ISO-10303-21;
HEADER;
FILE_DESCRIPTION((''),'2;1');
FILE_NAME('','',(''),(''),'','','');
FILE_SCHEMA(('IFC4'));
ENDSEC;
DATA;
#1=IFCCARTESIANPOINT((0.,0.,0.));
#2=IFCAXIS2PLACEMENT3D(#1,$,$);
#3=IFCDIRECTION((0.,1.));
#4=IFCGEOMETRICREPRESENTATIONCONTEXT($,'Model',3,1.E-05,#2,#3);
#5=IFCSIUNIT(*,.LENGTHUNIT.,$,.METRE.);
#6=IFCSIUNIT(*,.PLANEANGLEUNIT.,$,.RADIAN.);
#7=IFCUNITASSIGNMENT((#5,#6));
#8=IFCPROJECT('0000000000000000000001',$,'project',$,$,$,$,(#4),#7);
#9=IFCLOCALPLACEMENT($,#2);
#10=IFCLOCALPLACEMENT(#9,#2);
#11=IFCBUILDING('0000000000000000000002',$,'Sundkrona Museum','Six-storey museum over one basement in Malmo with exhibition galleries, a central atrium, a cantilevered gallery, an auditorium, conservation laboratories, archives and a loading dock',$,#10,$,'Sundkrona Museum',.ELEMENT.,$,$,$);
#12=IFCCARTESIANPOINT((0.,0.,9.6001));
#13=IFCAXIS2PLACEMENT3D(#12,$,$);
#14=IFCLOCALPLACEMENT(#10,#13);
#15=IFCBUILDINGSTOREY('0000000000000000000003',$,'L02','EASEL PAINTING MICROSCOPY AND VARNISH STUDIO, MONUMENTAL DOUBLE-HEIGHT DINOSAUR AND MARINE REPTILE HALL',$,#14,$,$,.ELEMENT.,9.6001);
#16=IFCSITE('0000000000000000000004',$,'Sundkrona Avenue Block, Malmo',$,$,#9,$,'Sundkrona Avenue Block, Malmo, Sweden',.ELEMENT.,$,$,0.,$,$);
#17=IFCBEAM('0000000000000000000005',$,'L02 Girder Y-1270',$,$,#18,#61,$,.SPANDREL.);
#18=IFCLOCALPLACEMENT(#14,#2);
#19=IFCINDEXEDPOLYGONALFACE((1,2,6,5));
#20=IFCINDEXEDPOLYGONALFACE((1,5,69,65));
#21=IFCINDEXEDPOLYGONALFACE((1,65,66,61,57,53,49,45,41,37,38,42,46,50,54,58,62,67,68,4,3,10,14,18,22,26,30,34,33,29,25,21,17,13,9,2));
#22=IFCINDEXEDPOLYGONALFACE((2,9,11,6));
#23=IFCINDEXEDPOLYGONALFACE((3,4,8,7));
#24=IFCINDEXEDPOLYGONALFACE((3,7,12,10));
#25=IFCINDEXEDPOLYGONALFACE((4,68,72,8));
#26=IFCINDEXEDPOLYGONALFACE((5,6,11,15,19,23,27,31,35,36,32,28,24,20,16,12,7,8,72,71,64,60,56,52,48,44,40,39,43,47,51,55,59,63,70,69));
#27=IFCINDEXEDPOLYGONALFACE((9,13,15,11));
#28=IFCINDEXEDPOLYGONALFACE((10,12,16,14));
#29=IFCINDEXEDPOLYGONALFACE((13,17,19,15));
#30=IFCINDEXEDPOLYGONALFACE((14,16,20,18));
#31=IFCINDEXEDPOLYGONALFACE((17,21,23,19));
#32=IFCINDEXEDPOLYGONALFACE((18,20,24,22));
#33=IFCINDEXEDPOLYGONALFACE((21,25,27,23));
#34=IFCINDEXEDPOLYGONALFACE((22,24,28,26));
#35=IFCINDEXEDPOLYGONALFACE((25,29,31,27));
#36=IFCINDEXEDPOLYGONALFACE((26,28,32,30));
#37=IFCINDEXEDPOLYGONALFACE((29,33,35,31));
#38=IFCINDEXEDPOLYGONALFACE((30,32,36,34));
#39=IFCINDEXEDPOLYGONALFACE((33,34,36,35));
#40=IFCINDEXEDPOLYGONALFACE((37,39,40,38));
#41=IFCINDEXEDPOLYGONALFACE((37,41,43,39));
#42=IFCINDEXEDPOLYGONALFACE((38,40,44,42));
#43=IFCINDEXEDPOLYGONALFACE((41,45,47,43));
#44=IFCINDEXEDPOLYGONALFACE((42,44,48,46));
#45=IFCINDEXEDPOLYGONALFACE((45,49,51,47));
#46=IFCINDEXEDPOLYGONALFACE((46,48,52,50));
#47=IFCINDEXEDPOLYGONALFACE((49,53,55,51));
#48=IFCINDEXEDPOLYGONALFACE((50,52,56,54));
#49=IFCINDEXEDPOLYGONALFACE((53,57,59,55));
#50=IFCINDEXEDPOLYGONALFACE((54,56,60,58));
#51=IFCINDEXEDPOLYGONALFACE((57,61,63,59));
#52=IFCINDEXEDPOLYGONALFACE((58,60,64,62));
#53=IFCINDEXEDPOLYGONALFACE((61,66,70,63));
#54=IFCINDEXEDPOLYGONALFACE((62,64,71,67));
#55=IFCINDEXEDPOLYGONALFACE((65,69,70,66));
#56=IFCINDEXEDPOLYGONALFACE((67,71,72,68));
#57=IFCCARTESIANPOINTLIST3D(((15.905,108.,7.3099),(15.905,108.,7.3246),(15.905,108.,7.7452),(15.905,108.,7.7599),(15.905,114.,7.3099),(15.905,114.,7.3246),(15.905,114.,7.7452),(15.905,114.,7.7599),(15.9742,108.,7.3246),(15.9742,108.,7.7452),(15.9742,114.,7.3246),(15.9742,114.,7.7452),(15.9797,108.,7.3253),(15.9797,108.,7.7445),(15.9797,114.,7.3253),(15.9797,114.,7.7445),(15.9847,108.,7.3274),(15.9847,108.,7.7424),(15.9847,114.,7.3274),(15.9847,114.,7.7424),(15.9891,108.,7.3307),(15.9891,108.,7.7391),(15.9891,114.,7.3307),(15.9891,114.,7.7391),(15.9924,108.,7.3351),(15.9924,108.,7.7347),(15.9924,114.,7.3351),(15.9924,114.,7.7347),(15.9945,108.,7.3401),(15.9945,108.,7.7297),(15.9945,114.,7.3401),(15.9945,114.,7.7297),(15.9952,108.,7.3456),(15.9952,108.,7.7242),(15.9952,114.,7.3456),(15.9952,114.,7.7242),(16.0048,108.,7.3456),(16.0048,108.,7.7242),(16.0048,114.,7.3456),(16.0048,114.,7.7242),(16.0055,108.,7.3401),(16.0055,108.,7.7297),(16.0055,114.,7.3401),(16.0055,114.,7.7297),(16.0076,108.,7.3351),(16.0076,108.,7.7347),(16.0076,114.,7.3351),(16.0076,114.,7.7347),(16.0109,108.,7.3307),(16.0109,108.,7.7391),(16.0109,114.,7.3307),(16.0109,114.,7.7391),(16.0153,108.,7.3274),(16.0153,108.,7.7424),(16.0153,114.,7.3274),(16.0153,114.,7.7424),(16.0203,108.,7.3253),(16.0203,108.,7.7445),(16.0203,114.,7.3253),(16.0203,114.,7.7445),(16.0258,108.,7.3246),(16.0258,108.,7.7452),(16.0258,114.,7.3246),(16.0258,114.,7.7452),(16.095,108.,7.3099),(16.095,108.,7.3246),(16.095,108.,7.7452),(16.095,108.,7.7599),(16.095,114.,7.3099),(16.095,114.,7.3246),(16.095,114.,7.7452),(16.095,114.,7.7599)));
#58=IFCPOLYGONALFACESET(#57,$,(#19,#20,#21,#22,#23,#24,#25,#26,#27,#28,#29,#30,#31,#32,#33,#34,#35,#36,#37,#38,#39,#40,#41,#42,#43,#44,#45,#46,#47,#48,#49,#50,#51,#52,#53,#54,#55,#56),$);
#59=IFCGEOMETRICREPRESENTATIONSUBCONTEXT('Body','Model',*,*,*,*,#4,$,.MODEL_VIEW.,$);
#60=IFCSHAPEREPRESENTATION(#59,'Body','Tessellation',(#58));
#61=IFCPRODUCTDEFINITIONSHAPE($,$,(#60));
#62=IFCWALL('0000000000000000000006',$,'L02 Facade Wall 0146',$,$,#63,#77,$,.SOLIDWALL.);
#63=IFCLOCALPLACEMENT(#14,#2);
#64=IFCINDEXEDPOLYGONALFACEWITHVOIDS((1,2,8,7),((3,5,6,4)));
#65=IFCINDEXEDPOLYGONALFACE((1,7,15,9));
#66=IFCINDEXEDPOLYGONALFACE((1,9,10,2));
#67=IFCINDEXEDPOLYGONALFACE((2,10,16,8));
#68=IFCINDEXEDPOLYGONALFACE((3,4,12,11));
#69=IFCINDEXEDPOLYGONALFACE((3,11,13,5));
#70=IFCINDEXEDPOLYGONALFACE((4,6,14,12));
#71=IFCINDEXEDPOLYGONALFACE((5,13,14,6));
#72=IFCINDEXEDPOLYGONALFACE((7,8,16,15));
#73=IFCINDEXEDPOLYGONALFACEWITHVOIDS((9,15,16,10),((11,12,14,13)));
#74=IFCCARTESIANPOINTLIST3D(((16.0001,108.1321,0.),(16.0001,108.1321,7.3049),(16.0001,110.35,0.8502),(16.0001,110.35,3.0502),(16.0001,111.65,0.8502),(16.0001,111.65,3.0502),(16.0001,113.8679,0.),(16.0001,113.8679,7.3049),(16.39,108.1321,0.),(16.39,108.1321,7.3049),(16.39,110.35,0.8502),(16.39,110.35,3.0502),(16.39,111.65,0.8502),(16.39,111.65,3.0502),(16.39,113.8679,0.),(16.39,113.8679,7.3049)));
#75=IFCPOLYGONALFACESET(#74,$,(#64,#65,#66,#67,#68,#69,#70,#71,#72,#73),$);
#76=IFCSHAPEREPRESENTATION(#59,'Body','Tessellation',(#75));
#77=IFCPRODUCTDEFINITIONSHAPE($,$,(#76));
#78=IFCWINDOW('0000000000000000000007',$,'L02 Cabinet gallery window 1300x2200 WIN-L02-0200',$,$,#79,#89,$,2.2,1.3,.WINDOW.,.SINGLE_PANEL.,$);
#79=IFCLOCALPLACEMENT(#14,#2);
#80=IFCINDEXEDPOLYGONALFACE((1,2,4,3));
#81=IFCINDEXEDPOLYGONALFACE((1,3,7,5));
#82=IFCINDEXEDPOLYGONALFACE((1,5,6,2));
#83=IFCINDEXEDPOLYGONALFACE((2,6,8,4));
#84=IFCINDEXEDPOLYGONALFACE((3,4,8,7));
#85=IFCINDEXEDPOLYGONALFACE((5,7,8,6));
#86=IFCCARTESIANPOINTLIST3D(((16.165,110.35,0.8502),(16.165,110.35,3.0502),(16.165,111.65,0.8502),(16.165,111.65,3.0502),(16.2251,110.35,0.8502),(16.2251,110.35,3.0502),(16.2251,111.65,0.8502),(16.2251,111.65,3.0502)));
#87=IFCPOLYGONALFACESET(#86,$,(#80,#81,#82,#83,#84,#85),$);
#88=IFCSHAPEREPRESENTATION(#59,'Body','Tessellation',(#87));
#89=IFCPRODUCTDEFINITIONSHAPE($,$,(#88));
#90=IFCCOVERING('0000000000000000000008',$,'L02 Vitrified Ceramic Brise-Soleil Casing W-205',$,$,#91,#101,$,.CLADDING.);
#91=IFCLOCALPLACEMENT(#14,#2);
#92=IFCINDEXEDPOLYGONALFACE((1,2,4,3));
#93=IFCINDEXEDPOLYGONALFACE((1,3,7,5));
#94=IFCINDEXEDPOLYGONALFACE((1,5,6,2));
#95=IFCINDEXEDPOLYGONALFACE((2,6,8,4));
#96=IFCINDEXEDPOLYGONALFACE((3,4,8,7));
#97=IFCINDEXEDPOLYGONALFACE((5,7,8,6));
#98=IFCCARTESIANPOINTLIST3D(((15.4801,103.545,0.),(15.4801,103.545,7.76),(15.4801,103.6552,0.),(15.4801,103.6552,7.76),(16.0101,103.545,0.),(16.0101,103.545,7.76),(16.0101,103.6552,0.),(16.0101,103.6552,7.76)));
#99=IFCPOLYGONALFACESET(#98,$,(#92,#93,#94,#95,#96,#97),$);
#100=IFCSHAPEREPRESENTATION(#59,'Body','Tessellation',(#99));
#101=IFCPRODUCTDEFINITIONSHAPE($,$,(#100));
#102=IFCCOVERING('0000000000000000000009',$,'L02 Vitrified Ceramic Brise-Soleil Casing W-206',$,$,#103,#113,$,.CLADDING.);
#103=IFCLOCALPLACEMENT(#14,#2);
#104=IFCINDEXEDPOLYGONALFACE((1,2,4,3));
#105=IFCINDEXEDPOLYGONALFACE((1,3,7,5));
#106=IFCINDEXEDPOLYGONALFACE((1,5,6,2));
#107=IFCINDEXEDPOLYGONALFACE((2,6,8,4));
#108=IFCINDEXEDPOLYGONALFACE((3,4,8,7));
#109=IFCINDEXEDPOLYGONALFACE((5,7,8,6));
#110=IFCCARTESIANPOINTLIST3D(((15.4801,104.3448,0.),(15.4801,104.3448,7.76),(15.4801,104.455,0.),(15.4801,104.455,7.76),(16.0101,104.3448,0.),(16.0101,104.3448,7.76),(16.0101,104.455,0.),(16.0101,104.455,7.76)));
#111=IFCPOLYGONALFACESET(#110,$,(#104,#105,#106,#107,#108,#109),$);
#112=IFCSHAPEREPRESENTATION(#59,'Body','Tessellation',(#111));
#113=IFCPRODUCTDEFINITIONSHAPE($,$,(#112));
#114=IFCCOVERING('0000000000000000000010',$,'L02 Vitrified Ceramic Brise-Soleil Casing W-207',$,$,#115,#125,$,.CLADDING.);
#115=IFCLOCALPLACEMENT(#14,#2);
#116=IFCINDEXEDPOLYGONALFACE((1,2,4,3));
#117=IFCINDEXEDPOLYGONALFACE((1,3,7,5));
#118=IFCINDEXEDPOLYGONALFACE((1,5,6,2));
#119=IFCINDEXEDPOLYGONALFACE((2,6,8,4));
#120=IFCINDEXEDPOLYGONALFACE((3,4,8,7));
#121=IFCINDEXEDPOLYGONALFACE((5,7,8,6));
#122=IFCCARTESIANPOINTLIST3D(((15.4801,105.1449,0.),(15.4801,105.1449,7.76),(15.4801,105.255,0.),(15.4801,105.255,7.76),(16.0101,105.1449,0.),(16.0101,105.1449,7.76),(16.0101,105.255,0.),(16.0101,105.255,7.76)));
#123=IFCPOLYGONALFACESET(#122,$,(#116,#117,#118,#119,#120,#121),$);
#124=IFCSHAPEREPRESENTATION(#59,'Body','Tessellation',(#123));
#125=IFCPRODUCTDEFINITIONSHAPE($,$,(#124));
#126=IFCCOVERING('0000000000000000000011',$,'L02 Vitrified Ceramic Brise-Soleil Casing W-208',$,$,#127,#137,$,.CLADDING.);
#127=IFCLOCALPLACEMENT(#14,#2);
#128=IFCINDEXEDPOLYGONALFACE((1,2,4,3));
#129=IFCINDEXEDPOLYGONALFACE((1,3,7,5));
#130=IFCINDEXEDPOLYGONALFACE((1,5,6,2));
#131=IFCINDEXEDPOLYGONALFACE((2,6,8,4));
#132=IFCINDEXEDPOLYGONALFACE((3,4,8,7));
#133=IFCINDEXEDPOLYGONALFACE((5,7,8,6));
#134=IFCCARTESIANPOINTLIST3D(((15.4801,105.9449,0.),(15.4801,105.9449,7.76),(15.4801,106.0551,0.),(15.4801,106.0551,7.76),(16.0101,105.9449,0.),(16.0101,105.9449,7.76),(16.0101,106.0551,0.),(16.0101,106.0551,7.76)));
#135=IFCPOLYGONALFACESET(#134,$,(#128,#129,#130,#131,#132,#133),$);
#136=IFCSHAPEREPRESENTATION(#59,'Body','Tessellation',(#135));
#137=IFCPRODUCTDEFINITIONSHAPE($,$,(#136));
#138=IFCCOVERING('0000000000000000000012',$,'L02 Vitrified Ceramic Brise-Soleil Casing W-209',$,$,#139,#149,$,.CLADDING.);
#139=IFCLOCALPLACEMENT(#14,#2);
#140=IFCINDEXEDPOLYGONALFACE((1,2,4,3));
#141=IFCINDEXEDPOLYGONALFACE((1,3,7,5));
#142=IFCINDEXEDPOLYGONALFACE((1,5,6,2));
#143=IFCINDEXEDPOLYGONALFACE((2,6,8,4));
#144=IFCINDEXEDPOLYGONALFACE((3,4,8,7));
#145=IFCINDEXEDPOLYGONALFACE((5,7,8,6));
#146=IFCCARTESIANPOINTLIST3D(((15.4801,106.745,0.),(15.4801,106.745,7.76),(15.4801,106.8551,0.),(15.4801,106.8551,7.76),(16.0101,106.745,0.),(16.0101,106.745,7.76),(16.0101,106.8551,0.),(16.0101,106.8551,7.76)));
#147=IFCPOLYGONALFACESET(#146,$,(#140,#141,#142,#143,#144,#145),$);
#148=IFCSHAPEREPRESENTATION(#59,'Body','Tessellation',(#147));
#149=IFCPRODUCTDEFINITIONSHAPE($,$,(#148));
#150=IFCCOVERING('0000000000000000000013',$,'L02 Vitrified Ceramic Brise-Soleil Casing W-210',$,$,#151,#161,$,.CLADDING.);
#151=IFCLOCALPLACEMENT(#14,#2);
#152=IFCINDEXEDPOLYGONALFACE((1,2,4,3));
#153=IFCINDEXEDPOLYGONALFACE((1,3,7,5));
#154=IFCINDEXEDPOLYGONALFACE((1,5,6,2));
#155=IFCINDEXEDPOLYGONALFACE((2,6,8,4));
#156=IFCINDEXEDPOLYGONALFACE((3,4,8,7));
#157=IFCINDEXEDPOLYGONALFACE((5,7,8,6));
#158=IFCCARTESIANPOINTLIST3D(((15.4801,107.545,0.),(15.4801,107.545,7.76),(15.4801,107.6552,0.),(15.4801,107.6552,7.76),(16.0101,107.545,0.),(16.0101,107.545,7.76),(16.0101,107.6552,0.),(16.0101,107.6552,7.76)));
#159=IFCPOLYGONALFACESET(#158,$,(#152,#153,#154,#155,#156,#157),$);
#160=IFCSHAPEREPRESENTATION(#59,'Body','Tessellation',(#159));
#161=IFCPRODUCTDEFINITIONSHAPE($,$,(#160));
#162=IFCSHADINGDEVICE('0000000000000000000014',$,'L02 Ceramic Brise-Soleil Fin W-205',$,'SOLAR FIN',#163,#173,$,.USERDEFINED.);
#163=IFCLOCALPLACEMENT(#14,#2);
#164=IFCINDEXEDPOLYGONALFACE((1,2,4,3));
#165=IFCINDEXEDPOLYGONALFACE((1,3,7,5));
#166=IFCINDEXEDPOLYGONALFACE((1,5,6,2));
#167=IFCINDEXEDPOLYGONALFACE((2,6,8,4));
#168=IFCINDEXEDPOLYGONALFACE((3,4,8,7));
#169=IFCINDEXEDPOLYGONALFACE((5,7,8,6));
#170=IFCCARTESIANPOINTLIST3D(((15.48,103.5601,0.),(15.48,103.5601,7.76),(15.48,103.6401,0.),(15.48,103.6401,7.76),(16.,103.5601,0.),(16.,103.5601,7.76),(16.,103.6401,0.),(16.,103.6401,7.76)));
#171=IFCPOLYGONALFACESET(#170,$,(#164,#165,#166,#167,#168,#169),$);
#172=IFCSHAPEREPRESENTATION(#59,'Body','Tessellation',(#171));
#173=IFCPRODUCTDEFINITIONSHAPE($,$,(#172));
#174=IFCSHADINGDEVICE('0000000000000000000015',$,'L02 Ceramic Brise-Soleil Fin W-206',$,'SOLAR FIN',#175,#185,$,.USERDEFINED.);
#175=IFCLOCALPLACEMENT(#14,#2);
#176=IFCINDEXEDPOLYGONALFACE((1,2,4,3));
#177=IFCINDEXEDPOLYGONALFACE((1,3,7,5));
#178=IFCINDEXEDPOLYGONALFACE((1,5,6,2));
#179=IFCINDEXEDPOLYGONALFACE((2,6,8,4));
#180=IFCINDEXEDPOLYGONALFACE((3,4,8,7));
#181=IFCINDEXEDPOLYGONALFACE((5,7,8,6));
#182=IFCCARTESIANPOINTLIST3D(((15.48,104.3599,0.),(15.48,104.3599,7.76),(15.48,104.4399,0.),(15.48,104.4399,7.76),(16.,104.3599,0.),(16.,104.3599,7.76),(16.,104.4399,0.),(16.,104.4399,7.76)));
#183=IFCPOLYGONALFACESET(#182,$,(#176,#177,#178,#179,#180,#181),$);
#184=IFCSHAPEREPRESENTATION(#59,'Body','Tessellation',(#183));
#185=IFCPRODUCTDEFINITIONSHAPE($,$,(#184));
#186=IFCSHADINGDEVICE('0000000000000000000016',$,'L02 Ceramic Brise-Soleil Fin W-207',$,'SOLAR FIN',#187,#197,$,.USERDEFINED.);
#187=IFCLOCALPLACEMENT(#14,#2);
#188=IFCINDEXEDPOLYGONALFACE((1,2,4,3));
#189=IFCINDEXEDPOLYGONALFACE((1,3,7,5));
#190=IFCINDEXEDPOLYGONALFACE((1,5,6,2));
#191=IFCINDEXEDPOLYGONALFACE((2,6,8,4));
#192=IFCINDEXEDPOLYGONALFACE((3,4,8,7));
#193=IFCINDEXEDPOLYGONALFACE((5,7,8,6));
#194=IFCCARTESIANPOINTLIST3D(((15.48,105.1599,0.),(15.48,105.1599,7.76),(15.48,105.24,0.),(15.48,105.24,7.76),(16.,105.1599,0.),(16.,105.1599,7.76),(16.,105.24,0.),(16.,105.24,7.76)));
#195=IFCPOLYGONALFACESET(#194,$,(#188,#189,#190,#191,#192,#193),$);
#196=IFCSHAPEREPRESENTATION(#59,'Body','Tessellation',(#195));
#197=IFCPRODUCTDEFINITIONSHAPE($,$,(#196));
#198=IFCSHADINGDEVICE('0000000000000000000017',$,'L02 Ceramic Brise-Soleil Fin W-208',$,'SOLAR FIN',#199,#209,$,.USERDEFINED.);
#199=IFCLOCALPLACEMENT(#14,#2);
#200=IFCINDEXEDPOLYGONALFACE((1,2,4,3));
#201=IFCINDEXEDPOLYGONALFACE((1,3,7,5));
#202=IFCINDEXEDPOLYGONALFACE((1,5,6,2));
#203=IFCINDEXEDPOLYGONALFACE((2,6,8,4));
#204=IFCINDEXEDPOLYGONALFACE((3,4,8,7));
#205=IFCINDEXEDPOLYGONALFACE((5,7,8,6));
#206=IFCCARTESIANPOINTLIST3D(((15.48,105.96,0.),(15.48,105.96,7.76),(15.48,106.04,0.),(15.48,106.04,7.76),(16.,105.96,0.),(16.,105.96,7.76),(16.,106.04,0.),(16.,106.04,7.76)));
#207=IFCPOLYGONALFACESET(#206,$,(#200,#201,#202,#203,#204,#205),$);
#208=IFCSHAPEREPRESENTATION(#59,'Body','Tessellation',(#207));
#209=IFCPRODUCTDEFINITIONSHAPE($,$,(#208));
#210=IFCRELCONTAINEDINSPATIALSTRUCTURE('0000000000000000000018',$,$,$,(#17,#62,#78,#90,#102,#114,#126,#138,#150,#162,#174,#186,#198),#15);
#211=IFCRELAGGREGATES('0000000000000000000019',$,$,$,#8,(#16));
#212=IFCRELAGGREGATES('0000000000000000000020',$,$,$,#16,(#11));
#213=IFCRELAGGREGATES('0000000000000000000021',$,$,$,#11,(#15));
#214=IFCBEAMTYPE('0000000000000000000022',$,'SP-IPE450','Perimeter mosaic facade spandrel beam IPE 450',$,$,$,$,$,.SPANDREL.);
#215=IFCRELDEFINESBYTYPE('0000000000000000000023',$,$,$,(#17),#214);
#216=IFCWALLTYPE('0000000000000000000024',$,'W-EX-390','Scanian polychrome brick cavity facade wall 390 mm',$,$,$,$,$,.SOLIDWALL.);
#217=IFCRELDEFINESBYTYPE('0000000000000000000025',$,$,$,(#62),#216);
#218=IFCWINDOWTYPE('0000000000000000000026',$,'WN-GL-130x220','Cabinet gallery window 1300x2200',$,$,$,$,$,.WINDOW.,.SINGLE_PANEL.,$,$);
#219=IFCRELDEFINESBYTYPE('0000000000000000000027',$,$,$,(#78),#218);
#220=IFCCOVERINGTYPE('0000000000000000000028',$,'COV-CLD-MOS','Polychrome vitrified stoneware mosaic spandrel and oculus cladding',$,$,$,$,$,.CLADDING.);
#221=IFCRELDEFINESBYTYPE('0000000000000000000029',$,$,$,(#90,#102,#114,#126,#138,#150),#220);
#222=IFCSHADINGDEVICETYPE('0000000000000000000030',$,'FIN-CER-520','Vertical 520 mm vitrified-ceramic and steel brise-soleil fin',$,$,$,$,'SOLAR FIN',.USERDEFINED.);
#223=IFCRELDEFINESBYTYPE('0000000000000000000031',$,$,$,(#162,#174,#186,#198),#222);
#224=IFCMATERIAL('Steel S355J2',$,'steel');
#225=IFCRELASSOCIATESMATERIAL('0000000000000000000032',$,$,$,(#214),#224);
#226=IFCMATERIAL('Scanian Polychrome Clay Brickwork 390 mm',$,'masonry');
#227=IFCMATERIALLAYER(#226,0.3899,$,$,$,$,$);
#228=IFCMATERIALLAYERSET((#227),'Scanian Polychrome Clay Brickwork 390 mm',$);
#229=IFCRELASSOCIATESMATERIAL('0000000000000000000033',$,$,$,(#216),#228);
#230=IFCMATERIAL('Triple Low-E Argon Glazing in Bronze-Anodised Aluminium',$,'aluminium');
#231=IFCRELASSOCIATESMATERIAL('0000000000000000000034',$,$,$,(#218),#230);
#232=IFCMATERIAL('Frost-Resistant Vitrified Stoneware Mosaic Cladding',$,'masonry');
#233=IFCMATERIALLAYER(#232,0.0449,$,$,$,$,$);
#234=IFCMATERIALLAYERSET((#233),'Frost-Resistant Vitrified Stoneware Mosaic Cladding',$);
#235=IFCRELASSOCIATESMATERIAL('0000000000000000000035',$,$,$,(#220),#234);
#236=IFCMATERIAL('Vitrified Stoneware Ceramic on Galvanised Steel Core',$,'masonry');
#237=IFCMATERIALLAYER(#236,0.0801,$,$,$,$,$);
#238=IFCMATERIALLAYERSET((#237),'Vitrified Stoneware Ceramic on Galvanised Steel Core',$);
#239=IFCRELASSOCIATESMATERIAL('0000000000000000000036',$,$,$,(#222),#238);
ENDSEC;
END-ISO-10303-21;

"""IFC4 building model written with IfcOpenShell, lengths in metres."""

from ifc_helpers import new_model, si_unit, direction, frame, frame_2d, origin, origin_2d, place, context, subcontext, project, spatial, rectangle, i_section, extrude, material, layer, layer_set, material_profile, profile_set, type_object, element, fill, save


model = new_model("IFC4")

# Units and contexts
model_context = context("Model", 3, precision=1e-05, world=origin(), true_north=direction((0.0, 1.0)))
body_context = subcontext(model_context, "Body", "Model", "MODEL_VIEW")
ifc_project = project(units=[si_unit("LENGTHUNIT", "METRE"), si_unit("PLANEANGLEUNIT", "RADIAN")], contexts=[model_context])

# Site, building, storey
site_placement = place(None, origin())
site = spatial("IfcSite", under=ifc_project, at=site_placement, Name="Sundkrona Avenue Block, Malmo", LongName="Sundkrona Avenue Block, Malmo, Sweden", CompositionType="ELEMENT", RefElevation=0.0)
building_placement = place(site_placement, origin())
building = spatial("IfcBuilding", under=site, at=building_placement, Name="Sundkrona Museum", Description="Six-storey museum over one basement in Malmo with exhibition galleries, a central atrium, a cantilevered gallery, an auditorium, conservation laboratories, archives and a loading dock", LongName="Sundkrona Museum", CompositionType="ELEMENT")
storey_placement = place(building_placement, frame((0.0, 0.0, 9.6001)))
storey = spatial("IfcBuildingStorey", under=building, at=storey_placement, Name="L02", Description="EASEL PAINTING MICROSCOPY AND VARNISH STUDIO, MONUMENTAL DOUBLE-HEIGHT DINOSAUR AND MARINE REPTILE HALL", CompositionType="ELEMENT", Elevation=9.6001)

# Shared definitions
ifc_material_1 = material(Name="Steel S355J2", Category="steel")

# Beam
ifc_material_profile_1 = material_profile(ifc_material_1, i_section(OverallWidth=0.1899, OverallDepth=0.45, WebThickness=0.0095, FlangeThickness=0.0146, FilletRadius=0.021, at=origin_2d()), Name="IPE 450")
ifc_profile_set_1 = profile_set([ifc_material_profile_1], Name="Steel S355J2")
beam_type_1 = type_object("IfcBeamType", Name="SP-IPE450", Description="Perimeter mosaic facade spandrel beam IPE 450", PredefinedType="SPANDREL", material=ifc_profile_set_1)
beam_1_placement = place(storey_placement, frame((16.0, 108.0, 7.5349), z_axis=(0.0, 1.0, 0.0), x_axis=(-1.0, 0.0, 0.0)))
element("IfcBeam", 1, at=beam_1_placement, inside=storey, type_object=beam_type_1, Name="L02 Girder Y-1270", PredefinedType="SPANDREL", context=body_context, shape_type="SweptSolid", body=[
    extrude(i_section(OverallWidth=0.1899, OverallDepth=0.45, WebThickness=0.0095, FlangeThickness=0.0146, FilletRadius=0.021, at=origin_2d()), origin(), (0.0, 0.0, 1.0), 6.0),
])

# Wall, opening, window
ifc_material_2 = material(Name="Scanian Polychrome Clay Brickwork 390 mm", Category="masonry")
ifc_layer_1 = layer(ifc_material_2, 0.3899)
ifc_layer_set_1 = layer_set([ifc_layer_1], Name="Scanian Polychrome Clay Brickwork 390 mm")
wall_type = type_object("IfcWallType", Name="W-EX-390", Description="Scanian polychrome brick cavity facade wall 390 mm", PredefinedType="SOLIDWALL", material=ifc_layer_set_1)
wall_placement = place(storey_placement, frame((16.1951, 108.1321, 0.0), z_axis=(0.0, 0.0, 1.0), x_axis=(0.0, 1.0, 0.0)))
wall = element("IfcWall", 2, at=wall_placement, inside=storey, type_object=wall_type, Name="L02 Facade Wall 0146", PredefinedType="SOLIDWALL", context=body_context, shape_type="SweptSolid", body=[
    extrude(rectangle(XDim=5.7358, YDim=0.3899, at=frame_2d((2.8679, 0.0))), origin(), (0.0, 0.0, 1.0), 7.3049),
])
opening_placement = place(wall_placement, frame((2.218, 0.0, 0.8501)))
opening = element("IfcOpeningElement", 3, at=opening_placement, cuts=wall, PredefinedType="OPENING", context=body_context, shape_type="SweptSolid", body=[
    extrude(rectangle(XDim=1.3, YDim=2.2, at=frame_2d((0.6499, 1.1001))), frame((0.0, 0.2048, 0.0), z_axis=(0.0, -1.0, 0.0), x_axis=(1.0, 0.0, 0.0)), (0.0, 0.0, 1.0), 0.4099),
])
ifc_material_3 = material(Name="Triple Low-E Argon Glazing in Bronze-Anodised Aluminium", Category="aluminium")
window_type = type_object("IfcWindowType", Name="WN-GL-130x220", Description="Cabinet gallery window 1300x2200", PartitioningType="SINGLE_PANEL", PredefinedType="WINDOW", material=ifc_material_3)
window_placement = place(opening_placement, origin())
window = element("IfcWindow", 4, at=window_placement, inside=storey, type_object=window_type, Name="L02 Cabinet gallery window 1300x2200 WIN-L02-0200", OverallHeight=2.2, OverallWidth=1.3, PartitioningType="SINGLE_PANEL", PredefinedType="WINDOW", context=body_context, shape_type="SweptSolid", body=[
    extrude(rectangle(XDim=1.3, YDim=2.2, at=frame_2d((0.6499, 1.1001))), frame((0.0, 0.03, 0.0), z_axis=(0.0, -1.0, 0.0), x_axis=(1.0, 0.0, 0.0)), (0.0, 0.0, 1.0), 0.0601),
])
fill(opening, window)

# Coverings
ifc_material_4 = material(Name="Frost-Resistant Vitrified Stoneware Mosaic Cladding", Category="masonry")
ifc_layer_2 = layer(ifc_material_4, 0.0449)
ifc_layer_set_2 = layer_set([ifc_layer_2], Name="Frost-Resistant Vitrified Stoneware Mosaic Cladding")
covering_type = type_object("IfcCoveringType", Name="COV-CLD-MOS", Description="Polychrome vitrified stoneware mosaic spandrel and oculus cladding", PredefinedType="CLADDING", material=ifc_layer_set_2)
for number, where, z_axis, x_axis, name in (
    (5, (15.7451, 103.6001, 0.0), (0.0, 0.0, 1.0), (1.0, 0.0, 0.0), "L02 Vitrified Ceramic Brise-Soleil Casing W-205"),
    (6, (15.7451, 104.3999, 0.0), (0.0, 0.0, 1.0), (1.0, 0.0, 0.0), "L02 Vitrified Ceramic Brise-Soleil Casing W-206"),
    (7, (15.7451, 105.2, 0.0), (0.0, 0.0, 1.0), (1.0, 0.0, 0.0), "L02 Vitrified Ceramic Brise-Soleil Casing W-207"),
    (8, (15.7451, 106.0, 0.0), (0.0, 0.0, 1.0), (1.0, 0.0, 0.0), "L02 Vitrified Ceramic Brise-Soleil Casing W-208"),
    (9, (15.7451, 106.8, 0.0), (0.0, 0.0, 1.0), (1.0, 0.0, 0.0), "L02 Vitrified Ceramic Brise-Soleil Casing W-209"),
    (10, (15.7451, 107.6001, 0.0), (0.0, 0.0, 1.0), (1.0, 0.0, 0.0), "L02 Vitrified Ceramic Brise-Soleil Casing W-210"),
):
    element("IfcCovering", number, at=place(storey_placement, frame(where, z_axis=z_axis, x_axis=x_axis)), inside=storey, type_object=covering_type, Name=name, PredefinedType="CLADDING", context=body_context, shape_type="SweptSolid", body=[
        extrude(rectangle(XDim=0.53, YDim=0.1101, at=origin_2d()), origin(), (0.0, 0.0, 1.0), 7.76),
    ])

# Shading devices
ifc_material_5 = material(Name="Vitrified Stoneware Ceramic on Galvanised Steel Core", Category="masonry")
ifc_layer_3 = layer(ifc_material_5, 0.0801)
ifc_layer_set_3 = layer_set([ifc_layer_3], Name="Vitrified Stoneware Ceramic on Galvanised Steel Core")
shading_device_type = type_object("IfcShadingDeviceType", Name="FIN-CER-520", Description="Vertical 520 mm vitrified-ceramic and steel brise-soleil fin", ElementType="SOLAR FIN", PredefinedType="USERDEFINED", material=ifc_layer_set_3)
for number, where, z_axis, x_axis, name in (
    (11, (15.74, 103.6001, 0.0), (0.0, 0.0, 1.0), (1.0, 0.0, 0.0), "L02 Ceramic Brise-Soleil Fin W-205"),
    (12, (15.74, 104.3999, 0.0), (0.0, 0.0, 1.0), (1.0, 0.0, 0.0), "L02 Ceramic Brise-Soleil Fin W-206"),
    (13, (15.74, 105.2, 0.0), (0.0, 0.0, 1.0), (1.0, 0.0, 0.0), "L02 Ceramic Brise-Soleil Fin W-207"),
    (14, (15.74, 106.0, 0.0), (0.0, 0.0, 1.0), (1.0, 0.0, 0.0), "L02 Ceramic Brise-Soleil Fin W-208"),
):
    element("IfcShadingDevice", number, at=place(storey_placement, frame(where, z_axis=z_axis, x_axis=x_axis)), inside=storey, type_object=shading_device_type, Name=name, ObjectType="SOLAR FIN", PredefinedType="USERDEFINED", context=body_context, shape_type="SweptSolid", body=[
        extrude(rectangle(XDim=0.52, YDim=0.0801, at=origin_2d()), origin(), (0.0, 0.0, 1.0), 7.76),
    ])

save(model, "model.ifc")
